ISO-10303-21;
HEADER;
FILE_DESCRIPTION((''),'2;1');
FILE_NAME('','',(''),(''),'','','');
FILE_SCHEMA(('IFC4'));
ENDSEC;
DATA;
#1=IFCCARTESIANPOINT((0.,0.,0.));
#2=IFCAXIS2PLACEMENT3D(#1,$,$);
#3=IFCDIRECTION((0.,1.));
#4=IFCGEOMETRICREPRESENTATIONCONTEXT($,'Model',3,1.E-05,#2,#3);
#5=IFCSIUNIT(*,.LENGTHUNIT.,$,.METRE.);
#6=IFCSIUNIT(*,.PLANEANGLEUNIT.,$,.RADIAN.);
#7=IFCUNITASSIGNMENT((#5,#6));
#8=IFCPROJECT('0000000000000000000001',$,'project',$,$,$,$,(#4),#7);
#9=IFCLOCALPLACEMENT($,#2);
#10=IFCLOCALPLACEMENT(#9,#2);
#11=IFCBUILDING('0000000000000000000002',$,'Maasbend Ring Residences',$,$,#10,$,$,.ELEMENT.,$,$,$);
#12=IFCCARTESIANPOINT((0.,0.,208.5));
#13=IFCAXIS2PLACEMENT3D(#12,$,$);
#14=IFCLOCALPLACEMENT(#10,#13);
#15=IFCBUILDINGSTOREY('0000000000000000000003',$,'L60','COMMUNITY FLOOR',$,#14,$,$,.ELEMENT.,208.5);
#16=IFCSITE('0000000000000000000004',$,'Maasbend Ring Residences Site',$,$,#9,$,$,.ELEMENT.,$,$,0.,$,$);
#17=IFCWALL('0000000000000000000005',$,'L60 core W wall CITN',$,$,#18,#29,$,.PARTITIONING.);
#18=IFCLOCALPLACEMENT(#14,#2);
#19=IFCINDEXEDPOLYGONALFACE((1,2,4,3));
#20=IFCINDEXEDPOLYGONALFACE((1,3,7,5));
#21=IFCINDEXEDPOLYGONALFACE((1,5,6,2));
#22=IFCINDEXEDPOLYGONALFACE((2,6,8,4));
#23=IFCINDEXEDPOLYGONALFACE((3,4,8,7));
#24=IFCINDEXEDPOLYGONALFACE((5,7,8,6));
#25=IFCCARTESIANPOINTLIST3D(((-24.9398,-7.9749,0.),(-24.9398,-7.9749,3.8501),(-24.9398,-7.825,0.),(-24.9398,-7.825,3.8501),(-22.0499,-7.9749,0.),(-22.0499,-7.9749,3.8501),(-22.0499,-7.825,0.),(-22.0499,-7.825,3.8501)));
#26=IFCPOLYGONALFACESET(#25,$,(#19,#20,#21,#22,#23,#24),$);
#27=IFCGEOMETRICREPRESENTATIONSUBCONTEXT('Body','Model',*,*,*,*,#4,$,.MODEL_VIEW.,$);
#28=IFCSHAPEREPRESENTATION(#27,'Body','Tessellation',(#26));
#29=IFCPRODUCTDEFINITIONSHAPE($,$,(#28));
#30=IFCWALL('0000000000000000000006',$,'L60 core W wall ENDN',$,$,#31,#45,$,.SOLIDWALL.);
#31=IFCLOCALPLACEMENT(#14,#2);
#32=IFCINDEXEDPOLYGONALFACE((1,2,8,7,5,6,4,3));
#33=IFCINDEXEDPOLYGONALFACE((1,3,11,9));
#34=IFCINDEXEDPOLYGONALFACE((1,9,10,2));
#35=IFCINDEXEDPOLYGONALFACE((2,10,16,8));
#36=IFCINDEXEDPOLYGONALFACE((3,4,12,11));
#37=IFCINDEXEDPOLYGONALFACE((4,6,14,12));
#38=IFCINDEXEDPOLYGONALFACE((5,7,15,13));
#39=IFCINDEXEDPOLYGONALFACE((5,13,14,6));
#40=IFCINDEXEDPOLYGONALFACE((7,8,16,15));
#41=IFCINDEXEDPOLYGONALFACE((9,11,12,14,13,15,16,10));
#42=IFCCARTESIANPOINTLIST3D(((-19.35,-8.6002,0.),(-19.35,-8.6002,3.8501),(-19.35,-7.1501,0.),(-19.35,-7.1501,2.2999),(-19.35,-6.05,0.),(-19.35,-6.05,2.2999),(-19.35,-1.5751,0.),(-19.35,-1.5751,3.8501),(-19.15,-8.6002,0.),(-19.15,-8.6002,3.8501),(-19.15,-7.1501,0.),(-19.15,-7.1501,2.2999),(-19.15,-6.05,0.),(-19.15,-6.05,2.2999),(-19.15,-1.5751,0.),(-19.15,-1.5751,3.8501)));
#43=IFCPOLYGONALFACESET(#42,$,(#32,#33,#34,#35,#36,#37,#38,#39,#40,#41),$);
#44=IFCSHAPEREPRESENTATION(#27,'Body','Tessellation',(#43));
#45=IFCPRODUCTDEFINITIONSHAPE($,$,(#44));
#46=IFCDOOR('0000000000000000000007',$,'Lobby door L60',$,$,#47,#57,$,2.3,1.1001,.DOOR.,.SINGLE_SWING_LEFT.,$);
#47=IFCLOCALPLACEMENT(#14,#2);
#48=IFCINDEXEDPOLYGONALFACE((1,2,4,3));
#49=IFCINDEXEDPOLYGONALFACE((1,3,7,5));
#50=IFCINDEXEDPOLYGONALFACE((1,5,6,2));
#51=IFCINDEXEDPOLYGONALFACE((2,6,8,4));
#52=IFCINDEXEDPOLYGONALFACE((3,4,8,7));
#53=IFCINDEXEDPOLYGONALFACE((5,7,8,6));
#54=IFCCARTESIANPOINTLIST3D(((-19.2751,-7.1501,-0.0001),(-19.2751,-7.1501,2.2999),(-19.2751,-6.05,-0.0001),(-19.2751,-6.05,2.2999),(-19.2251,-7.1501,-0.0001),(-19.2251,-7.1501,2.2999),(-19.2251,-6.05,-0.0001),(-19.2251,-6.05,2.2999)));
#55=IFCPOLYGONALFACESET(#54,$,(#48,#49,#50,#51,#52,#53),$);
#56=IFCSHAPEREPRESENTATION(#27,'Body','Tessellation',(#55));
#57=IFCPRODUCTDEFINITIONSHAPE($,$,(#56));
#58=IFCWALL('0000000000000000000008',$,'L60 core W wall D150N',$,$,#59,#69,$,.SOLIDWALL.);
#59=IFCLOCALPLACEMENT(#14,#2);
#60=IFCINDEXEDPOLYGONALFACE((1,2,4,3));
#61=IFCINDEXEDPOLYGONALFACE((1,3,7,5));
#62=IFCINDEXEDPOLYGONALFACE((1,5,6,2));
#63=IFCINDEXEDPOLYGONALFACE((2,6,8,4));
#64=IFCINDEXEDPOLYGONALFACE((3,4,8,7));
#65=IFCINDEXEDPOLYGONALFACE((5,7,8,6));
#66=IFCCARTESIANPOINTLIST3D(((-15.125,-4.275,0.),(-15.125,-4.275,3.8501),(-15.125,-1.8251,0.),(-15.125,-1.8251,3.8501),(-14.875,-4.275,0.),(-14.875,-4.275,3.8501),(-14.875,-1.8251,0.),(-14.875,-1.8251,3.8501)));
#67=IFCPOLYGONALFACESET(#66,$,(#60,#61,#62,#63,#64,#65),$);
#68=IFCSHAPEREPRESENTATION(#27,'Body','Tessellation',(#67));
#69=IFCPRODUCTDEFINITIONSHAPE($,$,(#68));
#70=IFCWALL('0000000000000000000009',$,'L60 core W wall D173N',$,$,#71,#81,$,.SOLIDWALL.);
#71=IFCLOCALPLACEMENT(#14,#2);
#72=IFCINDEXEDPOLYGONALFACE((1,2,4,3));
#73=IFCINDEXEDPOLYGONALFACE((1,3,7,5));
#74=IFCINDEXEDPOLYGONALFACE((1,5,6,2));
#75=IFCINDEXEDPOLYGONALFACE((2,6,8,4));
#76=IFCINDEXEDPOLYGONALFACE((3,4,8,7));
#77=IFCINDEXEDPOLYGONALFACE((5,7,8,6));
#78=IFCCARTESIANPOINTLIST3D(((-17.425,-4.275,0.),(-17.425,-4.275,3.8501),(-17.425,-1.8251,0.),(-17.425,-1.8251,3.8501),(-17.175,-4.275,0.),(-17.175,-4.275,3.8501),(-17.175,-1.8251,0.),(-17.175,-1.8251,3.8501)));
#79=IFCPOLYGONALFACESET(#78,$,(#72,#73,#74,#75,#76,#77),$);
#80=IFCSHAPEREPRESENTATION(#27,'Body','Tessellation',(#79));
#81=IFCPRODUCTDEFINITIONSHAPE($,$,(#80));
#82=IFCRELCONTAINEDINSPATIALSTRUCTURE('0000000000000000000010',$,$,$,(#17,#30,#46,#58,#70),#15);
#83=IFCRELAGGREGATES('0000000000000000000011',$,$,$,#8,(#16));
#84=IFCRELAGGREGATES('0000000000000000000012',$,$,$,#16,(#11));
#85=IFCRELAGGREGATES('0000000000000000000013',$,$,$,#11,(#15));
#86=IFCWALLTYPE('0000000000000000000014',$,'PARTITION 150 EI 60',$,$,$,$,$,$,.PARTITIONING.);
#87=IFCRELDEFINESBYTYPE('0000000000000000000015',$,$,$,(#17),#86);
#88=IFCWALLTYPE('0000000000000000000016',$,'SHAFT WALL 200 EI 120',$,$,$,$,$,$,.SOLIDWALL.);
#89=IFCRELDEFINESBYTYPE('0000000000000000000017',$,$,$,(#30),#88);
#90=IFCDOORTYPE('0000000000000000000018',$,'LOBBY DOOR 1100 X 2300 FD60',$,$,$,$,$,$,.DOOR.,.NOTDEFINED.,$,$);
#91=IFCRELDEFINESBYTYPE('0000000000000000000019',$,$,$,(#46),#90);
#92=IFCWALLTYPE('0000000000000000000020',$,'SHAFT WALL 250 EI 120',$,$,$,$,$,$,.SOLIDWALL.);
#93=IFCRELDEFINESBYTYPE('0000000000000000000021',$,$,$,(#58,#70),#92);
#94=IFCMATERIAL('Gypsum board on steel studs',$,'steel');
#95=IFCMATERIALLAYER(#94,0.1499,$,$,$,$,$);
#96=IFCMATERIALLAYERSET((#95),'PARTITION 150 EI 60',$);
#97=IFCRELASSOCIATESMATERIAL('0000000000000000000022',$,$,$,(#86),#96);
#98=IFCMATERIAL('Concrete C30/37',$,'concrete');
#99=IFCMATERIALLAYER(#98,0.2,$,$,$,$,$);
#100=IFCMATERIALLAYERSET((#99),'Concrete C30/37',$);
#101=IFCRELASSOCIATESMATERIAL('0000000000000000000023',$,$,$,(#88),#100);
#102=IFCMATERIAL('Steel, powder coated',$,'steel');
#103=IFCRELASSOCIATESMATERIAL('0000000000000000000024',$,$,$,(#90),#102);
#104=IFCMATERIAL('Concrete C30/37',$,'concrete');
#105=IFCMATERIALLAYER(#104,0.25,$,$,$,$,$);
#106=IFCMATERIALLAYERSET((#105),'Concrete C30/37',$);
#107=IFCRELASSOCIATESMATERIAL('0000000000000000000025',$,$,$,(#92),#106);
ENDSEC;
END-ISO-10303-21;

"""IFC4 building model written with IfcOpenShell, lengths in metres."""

from ifc_helpers import new_model, si_unit, direction, frame, frame_2d, origin, place, context, subcontext, project, spatial, rectangle, extrude, material, layer, layer_set, type_object, element, fill, save


model = new_model("IFC4")

# Units and contexts
model_context = context("Model", 3, precision=1e-05, world=origin(), true_north=direction((0.0, 1.0)))
body_context = subcontext(model_context, "Body", "Model", "MODEL_VIEW")
ifc_project = project(units=[si_unit("LENGTHUNIT", "METRE"), si_unit("PLANEANGLEUNIT", "RADIAN")], contexts=[model_context])

# Site, building, storey
site_placement = place(None, origin())
site = spatial("IfcSite", under=ifc_project, at=site_placement, Name="Maasbend Ring Residences Site", CompositionType="ELEMENT", RefElevation=0.0)
building_placement = place(site_placement, origin())
building = spatial("IfcBuilding", under=site, at=building_placement, Name="Maasbend Ring Residences", CompositionType="ELEMENT")
storey_placement = place(building_placement, frame((0.0, 0.0, 208.5)))
storey = spatial("IfcBuildingStorey", under=building, at=storey_placement, Name="L60", Description="COMMUNITY FLOOR", CompositionType="ELEMENT", Elevation=208.5)

# Wall
ifc_material_1 = material(Name="Gypsum board on steel studs", Category="steel")
ifc_layer_1 = layer(ifc_material_1, 0.1499)
ifc_layer_set_1 = layer_set([ifc_layer_1], Name="PARTITION 150 EI 60")
wall_type_1 = type_object("IfcWallType", Name="PARTITION 150 EI 60", PredefinedType="PARTITIONING", material=ifc_layer_set_1)
wall_1_placement = place(storey_placement, frame((-22.05, -7.8999, 0.0), z_axis=(0.0, 0.0, 1.0), x_axis=(-1.0, 0.0, 0.0)))
element("IfcWall", 1, at=wall_1_placement, inside=storey, type_object=wall_type_1, Name="L60 core W wall CITN", PredefinedType="PARTITIONING", context=body_context, shape_type="SweptSolid", body=[
    extrude(rectangle(XDim=2.8899, YDim=0.1499, at=frame_2d((1.4448, 0.0))), origin(), (0.0, 0.0, 1.0), 3.8501),
])

# Wall, opening, door
ifc_material_2 = material(Name="Concrete C30/37", Category="concrete")
ifc_layer_2 = layer(ifc_material_2, 0.2)
ifc_layer_set_2 = layer_set([ifc_layer_2], Name="Concrete C30/37")
wall_type_2 = type_object("IfcWallType", Name="SHAFT WALL 200 EI 120", PredefinedType="SOLIDWALL", material=ifc_layer_set_2)
wall_2_placement = place(storey_placement, frame((-19.25, -1.575, 0.0), z_axis=(0.0, 0.0, 1.0), x_axis=(0.0, -1.0, 0.0)))
wall_2 = element("IfcWall", 2, at=wall_2_placement, inside=storey, type_object=wall_type_2, Name="L60 core W wall ENDN", PredefinedType="SOLIDWALL", context=body_context, shape_type="SweptSolid", body=[
    extrude(rectangle(XDim=7.0251, YDim=0.2, at=frame_2d((3.5127, 0.0))), origin(), (0.0, 0.0, 1.0), 3.8501),
])
opening_1_placement = place(wall_2_placement, frame((4.4751, 0.0, 0.0)))
opening_1 = element("IfcOpeningElement", 3, at=opening_1_placement, cuts=wall_2, PredefinedType="OPENING", context=body_context, shape_type="SweptSolid", body=[
    extrude(rectangle(XDim=1.1001, YDim=2.3, at=frame_2d((0.55, 1.1499))), frame((0.0, 0.1099, 0.0), z_axis=(0.0, -1.0, 0.0), x_axis=(1.0, 0.0, 0.0)), (0.0, 0.0, 1.0), 0.22),
])
ifc_material_3 = material(Name="Steel, powder coated", Category="steel")
door_type_1 = type_object("IfcDoorType", Name="LOBBY DOOR 1100 X 2300 FD60", OperationType="NOTDEFINED", PredefinedType="DOOR", material=ifc_material_3)
door_1_placement = place(opening_1_placement, origin())
door_1 = element("IfcDoor", 4, at=door_1_placement, inside=storey, type_object=door_type_1, Name="Lobby door L60", OperationType="SINGLE_SWING_LEFT", OverallHeight=2.3, OverallWidth=1.1001, PredefinedType="DOOR", context=body_context, shape_type="SweptSolid", body=[
    extrude(rectangle(XDim=1.1001, YDim=2.3, at=frame_2d((0.55, 1.1499))), frame((0.0, 0.0249, 0.0), z_axis=(0.0, -1.0, 0.0), x_axis=(1.0, 0.0, 0.0)), (0.0, 0.0, 1.0), 0.05),
])
fill(opening_1, door_1)

# Walls
ifc_material_4 = material(Name="Concrete C30/37", Category="concrete")
ifc_layer_3 = layer(ifc_material_4, 0.25)
ifc_layer_set_3 = layer_set([ifc_layer_3], Name="Concrete C30/37")
wall_type_3 = type_object("IfcWallType", Name="SHAFT WALL 250 EI 120", PredefinedType="SOLIDWALL", material=ifc_layer_set_3)
for number, where, z_axis, x_axis, name in (
    (5, (-15.0, -1.825, 0.0), (0.0, 0.0, 1.0), (0.0, -1.0, 0.0), "L60 core W wall D150N"),
    (6, (-17.3, -1.825, 0.0), (0.0, 0.0, 1.0), (0.0, -1.0, 0.0), "L60 core W wall D173N"),
):
    element("IfcWall", number, at=place(storey_placement, frame(where, z_axis=z_axis, x_axis=x_axis)), inside=storey, type_object=wall_type_3, Name=name, PredefinedType="SOLIDWALL", context=body_context, shape_type="SweptSolid", body=[
        extrude(rectangle(XDim=2.45, YDim=0.25, at=frame_2d((1.2251, 0.0))), origin(), (0.0, 0.0, 1.0), 3.8501),
    ])

save(model, "model.ifc")
